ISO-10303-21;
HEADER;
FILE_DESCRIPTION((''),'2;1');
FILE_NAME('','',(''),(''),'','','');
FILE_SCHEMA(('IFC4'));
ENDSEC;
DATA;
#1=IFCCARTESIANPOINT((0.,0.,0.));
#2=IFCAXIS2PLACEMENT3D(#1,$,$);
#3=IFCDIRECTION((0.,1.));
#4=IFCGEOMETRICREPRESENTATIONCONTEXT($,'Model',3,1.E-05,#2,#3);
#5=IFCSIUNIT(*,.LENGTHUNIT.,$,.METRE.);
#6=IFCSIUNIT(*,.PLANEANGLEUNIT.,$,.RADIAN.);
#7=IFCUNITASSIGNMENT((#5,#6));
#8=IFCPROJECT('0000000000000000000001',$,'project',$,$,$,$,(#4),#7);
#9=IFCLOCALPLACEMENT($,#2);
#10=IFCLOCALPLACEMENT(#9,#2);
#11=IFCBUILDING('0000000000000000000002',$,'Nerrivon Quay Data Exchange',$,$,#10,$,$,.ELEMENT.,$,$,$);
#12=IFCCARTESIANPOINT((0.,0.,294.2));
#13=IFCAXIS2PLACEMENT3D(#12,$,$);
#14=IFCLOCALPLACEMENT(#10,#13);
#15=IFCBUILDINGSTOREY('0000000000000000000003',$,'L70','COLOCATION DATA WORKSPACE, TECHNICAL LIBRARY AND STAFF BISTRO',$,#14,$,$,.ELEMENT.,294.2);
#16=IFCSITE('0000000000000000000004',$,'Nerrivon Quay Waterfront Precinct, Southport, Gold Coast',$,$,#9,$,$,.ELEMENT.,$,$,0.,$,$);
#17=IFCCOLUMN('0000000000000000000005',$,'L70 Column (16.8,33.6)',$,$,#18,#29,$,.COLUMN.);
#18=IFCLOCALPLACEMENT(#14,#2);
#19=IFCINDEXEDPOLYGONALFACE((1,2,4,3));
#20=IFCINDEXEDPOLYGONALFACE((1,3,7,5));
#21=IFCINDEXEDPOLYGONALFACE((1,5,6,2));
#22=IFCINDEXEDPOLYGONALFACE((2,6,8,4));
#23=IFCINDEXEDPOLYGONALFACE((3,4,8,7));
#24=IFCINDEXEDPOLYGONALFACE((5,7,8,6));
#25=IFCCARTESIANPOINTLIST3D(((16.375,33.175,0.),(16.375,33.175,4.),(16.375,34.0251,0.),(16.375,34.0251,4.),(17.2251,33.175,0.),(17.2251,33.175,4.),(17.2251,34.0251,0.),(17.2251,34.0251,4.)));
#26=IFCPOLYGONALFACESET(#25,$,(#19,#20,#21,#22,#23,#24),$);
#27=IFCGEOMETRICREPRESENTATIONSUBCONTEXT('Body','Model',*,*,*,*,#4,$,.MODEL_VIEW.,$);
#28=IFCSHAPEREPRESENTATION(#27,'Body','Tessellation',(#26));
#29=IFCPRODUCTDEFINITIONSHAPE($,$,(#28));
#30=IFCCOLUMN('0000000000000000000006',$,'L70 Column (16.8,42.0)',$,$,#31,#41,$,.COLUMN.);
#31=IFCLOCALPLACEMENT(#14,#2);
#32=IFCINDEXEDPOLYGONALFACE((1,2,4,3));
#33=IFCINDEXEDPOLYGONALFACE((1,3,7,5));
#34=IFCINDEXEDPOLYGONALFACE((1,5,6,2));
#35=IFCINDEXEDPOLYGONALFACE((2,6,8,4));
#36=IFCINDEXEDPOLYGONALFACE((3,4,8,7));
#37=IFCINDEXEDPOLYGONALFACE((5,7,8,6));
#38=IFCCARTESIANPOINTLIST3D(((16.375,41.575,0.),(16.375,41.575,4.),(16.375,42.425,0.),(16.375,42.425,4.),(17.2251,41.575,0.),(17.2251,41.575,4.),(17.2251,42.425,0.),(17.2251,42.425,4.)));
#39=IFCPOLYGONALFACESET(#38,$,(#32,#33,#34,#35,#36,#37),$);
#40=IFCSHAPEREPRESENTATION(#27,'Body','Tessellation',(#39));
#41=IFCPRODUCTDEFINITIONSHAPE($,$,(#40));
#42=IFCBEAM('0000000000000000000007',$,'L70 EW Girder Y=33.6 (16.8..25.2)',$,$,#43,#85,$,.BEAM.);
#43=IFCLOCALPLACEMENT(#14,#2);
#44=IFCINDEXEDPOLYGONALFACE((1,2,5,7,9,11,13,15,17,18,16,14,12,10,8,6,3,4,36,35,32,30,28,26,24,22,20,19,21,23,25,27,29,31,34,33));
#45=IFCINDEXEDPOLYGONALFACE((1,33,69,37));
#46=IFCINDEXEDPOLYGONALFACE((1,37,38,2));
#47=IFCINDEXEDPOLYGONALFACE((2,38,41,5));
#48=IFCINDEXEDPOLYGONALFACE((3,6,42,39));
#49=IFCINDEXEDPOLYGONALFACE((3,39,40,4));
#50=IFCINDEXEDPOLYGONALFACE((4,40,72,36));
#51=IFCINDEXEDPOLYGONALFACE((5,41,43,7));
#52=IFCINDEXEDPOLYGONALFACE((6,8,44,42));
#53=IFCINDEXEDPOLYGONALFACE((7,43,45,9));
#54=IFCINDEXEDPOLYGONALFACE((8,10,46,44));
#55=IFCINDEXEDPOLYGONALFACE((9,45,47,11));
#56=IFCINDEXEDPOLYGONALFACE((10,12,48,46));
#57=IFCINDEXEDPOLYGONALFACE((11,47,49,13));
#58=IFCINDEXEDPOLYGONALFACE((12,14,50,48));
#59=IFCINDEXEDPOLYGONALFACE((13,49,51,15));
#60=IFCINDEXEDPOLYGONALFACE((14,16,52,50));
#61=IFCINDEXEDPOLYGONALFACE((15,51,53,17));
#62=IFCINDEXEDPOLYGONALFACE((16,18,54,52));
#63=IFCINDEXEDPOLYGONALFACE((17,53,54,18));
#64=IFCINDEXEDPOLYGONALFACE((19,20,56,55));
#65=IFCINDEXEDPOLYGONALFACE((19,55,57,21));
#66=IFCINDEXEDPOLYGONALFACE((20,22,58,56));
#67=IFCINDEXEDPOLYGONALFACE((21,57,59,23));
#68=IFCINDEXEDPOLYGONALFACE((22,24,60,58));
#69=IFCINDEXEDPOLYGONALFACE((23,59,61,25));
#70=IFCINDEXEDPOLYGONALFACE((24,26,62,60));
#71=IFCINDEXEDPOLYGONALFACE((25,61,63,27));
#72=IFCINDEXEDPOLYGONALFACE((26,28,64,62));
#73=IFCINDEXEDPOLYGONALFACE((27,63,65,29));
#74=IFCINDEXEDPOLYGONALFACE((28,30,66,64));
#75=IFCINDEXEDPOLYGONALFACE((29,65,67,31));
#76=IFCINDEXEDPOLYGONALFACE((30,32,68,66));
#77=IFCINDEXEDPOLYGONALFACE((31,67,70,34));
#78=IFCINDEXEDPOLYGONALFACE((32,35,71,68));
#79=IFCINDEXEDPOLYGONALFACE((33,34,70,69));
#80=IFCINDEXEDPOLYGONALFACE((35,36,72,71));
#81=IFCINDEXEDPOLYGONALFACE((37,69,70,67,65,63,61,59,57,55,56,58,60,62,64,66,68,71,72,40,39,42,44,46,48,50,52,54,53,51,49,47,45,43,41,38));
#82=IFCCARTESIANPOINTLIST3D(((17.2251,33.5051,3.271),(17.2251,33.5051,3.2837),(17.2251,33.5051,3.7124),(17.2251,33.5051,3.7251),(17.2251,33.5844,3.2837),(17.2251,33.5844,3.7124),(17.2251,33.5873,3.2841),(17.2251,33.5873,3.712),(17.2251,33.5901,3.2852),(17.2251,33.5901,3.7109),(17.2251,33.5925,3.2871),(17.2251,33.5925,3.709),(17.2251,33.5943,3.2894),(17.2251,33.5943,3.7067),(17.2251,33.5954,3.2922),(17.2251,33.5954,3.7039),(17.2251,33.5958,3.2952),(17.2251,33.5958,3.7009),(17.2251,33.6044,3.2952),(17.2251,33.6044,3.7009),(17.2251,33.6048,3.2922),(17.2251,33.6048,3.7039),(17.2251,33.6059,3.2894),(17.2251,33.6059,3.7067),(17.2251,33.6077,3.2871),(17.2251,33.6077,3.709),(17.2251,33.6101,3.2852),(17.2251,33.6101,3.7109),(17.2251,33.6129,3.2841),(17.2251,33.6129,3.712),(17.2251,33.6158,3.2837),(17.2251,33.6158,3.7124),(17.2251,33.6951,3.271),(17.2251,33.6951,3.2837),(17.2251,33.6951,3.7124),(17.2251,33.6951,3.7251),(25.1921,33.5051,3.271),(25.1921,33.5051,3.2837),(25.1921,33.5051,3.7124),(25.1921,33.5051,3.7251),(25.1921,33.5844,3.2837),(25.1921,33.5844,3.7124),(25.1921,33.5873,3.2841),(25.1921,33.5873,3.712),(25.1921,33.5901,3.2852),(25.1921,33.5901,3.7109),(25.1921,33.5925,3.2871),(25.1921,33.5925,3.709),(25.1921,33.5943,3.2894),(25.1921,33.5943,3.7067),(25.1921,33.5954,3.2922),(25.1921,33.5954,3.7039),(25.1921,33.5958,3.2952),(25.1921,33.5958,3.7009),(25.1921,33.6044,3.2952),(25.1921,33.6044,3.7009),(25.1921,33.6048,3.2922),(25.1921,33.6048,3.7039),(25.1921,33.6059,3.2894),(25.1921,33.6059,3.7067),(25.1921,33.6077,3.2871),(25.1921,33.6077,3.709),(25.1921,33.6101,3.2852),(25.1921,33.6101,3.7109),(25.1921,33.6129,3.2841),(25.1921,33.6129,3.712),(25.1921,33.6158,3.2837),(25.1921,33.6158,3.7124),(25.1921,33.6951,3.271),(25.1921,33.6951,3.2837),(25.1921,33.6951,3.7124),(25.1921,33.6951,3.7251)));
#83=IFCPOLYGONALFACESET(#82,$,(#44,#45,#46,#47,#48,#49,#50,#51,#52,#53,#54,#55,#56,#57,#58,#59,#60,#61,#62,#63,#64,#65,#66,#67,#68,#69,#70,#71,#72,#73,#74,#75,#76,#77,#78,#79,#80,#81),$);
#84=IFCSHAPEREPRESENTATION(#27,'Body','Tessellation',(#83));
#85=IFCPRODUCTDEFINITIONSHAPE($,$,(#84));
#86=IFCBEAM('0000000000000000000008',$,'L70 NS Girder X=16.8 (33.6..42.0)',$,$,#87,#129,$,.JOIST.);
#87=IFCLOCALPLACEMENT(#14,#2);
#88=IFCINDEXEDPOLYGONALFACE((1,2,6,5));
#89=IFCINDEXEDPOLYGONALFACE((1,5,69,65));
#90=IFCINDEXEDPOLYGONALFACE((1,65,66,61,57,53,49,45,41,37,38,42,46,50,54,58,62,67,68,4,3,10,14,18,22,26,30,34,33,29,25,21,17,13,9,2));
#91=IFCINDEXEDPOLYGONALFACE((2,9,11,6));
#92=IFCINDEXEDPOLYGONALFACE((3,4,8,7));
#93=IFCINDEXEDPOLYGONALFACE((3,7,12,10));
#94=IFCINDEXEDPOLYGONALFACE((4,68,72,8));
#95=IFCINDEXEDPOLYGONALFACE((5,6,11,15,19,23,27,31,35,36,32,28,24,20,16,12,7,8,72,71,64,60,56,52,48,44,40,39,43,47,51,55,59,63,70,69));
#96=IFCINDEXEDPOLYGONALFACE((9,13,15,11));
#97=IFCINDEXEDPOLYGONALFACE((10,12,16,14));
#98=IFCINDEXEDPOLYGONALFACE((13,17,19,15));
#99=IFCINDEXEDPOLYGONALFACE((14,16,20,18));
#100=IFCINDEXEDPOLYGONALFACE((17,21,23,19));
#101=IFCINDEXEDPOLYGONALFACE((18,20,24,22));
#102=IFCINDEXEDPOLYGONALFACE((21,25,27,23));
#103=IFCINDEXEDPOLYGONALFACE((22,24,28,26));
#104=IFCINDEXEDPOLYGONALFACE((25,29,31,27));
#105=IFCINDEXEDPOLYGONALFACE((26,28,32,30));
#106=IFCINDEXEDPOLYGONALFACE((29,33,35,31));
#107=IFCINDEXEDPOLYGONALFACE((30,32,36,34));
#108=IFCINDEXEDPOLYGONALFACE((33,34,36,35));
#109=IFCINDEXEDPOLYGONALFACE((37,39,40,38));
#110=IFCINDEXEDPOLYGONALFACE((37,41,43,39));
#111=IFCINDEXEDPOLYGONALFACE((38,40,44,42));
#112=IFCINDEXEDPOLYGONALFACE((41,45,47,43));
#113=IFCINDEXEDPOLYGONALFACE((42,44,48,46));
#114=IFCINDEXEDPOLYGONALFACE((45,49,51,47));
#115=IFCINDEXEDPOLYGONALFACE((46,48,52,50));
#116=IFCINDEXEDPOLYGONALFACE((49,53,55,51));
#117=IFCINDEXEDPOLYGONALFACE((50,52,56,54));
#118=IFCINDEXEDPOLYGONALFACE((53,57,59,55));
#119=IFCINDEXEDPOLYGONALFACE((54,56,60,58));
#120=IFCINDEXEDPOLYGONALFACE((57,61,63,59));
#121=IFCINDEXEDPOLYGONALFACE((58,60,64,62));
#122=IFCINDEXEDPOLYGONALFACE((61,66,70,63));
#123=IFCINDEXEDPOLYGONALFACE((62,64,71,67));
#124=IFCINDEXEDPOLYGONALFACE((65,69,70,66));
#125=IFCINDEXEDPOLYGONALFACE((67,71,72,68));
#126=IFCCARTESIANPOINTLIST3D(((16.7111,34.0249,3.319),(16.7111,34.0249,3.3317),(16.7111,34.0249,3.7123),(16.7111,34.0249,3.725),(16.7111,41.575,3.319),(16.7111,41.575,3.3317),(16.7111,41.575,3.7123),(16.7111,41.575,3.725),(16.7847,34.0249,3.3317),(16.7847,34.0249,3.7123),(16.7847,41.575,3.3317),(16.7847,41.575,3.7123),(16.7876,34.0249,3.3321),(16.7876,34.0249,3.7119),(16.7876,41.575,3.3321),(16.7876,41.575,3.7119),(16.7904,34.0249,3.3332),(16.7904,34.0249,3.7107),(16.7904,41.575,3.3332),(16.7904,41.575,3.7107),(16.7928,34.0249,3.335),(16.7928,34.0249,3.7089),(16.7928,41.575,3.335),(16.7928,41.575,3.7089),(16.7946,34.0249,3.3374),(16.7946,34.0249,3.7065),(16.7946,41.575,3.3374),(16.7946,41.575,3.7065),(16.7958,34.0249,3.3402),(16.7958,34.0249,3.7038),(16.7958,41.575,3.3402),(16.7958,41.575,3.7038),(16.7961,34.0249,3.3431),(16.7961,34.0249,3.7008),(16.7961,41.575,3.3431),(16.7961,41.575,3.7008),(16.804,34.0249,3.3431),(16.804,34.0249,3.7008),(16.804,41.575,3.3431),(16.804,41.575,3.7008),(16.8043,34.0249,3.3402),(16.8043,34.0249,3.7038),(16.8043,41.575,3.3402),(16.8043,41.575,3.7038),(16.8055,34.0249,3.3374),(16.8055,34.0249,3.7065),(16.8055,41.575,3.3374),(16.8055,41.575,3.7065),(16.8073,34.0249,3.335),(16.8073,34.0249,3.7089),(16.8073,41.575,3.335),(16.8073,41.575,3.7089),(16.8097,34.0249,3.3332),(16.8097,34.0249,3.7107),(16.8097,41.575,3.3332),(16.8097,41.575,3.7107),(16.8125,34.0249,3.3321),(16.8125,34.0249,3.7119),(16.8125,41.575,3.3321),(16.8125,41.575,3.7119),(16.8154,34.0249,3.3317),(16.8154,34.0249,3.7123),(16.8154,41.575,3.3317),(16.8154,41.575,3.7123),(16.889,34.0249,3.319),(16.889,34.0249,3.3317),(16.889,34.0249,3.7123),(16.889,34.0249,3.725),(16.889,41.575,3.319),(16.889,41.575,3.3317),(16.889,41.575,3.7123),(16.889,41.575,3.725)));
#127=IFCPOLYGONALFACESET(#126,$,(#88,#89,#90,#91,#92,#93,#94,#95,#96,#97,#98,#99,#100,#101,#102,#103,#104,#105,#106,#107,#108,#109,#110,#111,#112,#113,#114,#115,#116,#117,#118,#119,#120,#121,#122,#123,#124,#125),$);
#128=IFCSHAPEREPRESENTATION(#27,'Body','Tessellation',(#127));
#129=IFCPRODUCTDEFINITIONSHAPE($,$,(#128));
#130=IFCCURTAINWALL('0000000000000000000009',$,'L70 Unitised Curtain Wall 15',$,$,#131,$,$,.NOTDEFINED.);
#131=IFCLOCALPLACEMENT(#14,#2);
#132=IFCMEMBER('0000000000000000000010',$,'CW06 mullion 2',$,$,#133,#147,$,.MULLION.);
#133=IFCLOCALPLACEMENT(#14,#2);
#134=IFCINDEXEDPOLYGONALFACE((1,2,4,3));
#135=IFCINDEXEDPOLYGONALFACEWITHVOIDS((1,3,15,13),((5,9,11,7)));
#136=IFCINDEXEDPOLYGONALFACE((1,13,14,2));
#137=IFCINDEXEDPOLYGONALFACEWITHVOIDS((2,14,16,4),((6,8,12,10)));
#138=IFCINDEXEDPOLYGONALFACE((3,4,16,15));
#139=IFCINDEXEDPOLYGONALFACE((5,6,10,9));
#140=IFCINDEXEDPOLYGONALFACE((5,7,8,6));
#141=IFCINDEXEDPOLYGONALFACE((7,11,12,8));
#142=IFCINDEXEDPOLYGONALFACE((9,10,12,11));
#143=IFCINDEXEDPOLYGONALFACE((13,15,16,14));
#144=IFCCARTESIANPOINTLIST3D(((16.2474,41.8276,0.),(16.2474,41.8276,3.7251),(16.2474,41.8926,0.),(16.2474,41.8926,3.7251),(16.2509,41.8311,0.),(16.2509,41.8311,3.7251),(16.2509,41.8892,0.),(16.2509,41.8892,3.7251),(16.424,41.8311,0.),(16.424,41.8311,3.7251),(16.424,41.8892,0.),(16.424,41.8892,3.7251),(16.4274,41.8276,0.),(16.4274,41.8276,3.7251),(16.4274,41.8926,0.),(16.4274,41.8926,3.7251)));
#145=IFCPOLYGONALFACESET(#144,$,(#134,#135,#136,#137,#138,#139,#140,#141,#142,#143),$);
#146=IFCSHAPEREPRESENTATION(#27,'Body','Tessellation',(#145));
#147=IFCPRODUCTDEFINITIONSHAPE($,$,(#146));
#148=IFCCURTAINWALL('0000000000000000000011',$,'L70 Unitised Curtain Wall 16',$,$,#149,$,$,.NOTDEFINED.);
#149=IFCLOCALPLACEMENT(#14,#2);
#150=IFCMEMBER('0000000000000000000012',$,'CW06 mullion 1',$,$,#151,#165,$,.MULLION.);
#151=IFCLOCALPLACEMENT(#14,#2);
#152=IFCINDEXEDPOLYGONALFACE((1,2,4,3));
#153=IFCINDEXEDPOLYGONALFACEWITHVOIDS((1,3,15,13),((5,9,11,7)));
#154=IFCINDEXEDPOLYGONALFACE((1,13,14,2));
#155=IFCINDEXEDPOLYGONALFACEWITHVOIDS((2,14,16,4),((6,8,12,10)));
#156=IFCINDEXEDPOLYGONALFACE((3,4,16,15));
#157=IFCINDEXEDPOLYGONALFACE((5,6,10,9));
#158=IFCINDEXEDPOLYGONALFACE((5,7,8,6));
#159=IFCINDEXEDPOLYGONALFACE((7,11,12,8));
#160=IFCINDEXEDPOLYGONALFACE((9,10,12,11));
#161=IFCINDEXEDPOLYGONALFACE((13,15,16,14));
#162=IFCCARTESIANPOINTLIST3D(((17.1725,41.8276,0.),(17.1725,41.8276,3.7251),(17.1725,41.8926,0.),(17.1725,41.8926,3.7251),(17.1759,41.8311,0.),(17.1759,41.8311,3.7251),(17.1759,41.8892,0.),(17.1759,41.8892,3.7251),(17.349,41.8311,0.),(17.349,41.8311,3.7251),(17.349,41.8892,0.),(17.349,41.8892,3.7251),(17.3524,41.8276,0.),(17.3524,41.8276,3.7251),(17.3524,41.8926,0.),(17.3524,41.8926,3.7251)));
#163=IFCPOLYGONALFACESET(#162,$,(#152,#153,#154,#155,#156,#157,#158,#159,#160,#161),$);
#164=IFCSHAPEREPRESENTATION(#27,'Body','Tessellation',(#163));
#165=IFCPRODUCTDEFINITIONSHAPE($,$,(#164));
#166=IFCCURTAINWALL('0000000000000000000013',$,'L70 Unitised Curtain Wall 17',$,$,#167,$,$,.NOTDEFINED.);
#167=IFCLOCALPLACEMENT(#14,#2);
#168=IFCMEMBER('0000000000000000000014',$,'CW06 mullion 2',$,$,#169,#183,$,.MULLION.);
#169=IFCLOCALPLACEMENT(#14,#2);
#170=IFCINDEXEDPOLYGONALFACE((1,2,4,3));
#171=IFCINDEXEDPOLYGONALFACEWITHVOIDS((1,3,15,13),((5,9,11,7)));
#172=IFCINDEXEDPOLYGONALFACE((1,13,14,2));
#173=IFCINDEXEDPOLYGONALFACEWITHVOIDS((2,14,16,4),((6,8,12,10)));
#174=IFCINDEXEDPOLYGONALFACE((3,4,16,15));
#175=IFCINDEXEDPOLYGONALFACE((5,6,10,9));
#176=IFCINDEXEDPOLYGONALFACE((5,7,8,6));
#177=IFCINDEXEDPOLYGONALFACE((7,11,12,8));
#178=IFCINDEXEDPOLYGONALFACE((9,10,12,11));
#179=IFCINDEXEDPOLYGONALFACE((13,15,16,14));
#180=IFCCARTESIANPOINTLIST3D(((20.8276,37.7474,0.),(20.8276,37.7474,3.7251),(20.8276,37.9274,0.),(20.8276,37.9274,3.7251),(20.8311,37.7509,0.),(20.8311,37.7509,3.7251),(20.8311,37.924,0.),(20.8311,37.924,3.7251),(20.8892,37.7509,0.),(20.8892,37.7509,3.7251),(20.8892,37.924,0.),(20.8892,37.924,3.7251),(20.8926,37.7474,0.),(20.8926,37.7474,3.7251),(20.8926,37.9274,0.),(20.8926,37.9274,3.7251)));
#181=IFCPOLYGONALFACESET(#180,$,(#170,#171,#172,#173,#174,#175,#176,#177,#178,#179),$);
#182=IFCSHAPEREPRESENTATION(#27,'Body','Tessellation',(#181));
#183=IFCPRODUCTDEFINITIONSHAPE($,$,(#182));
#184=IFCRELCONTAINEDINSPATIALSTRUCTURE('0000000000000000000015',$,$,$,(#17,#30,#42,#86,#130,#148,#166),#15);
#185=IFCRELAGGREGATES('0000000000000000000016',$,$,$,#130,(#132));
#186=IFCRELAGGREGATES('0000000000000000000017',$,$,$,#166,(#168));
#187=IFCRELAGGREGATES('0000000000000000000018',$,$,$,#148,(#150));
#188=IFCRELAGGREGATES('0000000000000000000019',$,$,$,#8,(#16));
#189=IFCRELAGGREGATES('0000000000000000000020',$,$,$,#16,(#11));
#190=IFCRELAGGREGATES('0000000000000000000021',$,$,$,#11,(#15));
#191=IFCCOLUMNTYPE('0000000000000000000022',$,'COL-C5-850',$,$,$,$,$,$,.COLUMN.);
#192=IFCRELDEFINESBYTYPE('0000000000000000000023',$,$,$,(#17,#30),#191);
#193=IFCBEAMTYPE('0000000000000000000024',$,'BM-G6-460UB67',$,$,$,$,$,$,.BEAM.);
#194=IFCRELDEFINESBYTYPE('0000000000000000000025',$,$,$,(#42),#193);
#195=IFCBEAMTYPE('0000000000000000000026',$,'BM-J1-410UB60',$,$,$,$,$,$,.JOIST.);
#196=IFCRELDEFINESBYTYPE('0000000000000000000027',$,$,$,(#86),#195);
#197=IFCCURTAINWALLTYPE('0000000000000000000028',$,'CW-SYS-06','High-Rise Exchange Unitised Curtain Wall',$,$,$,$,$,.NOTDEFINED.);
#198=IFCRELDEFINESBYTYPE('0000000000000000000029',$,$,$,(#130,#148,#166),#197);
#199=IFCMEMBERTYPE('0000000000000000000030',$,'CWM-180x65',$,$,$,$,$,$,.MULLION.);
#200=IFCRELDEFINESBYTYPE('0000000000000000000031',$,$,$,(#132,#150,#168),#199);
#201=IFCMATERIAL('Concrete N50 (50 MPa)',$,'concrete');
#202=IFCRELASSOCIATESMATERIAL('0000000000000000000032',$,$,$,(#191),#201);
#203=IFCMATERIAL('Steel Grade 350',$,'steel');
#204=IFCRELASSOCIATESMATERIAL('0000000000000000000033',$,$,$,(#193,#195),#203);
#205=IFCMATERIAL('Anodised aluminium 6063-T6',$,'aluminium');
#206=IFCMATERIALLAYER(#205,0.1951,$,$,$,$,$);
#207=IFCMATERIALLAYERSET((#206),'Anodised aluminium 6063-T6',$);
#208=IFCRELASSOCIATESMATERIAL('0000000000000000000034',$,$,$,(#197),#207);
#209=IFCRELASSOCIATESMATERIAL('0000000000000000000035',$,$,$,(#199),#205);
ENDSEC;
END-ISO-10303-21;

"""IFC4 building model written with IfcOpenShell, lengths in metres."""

from ifc_helpers import new_model, si_unit, direction, frame, origin, origin_2d, place, context, subcontext, project, spatial, rectangle, hollow_rectangle, i_section, extrude, material, layer, layer_set, material_profile, profile_set, type_object, element, aggregate, save


model = new_model("IFC4")

# Units and contexts
model_context = context("Model", 3, precision=1e-05, world=origin(), true_north=direction((0.0, 1.0)))
body_context = subcontext(model_context, "Body", "Model", "MODEL_VIEW")
ifc_project = project(units=[si_unit("LENGTHUNIT", "METRE"), si_unit("PLANEANGLEUNIT", "RADIAN")], contexts=[model_context])

# Site, building, storey
site_placement = place(None, origin())
site = spatial("IfcSite", under=ifc_project, at=site_placement, Name="Nerrivon Quay Waterfront Precinct, Southport, Gold Coast", CompositionType="ELEMENT", RefElevation=0.0)
building_placement = place(site_placement, origin())
building = spatial("IfcBuilding", under=site, at=building_placement, Name="Nerrivon Quay Data Exchange", CompositionType="ELEMENT")
storey_placement = place(building_placement, frame((0.0, 0.0, 294.2)))
storey = spatial("IfcBuildingStorey", under=building, at=storey_placement, Name="L70", Description="COLOCATION DATA WORKSPACE, TECHNICAL LIBRARY AND STAFF BISTRO", CompositionType="ELEMENT", Elevation=294.2)

# Columns
ifc_material_1 = material(Name="Concrete N50 (50 MPa)", Category="concrete")
ifc_material_profile_1 = material_profile(ifc_material_1, rectangle(XDim=0.8501, YDim=0.8501, at=origin_2d()), Name="RC-COL-850x850")
ifc_profile_set_1 = profile_set([ifc_material_profile_1], Name="Concrete N50 (50 MPa)")
column_type = type_object("IfcColumnType", Name="COL-C5-850", PredefinedType="COLUMN", material=ifc_profile_set_1)
for number, where, z_axis, x_axis, name in (
    (1, (16.8, 33.6001, 0.0), (0.0, 0.0, 1.0), (1.0, 0.0, 0.0), "L70 Column (16.8,33.6)"),
    (2, (16.8, 42.0, 0.0), (0.0, 0.0, 1.0), (1.0, 0.0, 0.0), "L70 Column (16.8,42.0)"),
):
    element("IfcColumn", number, at=place(storey_placement, frame(where, z_axis=z_axis, x_axis=x_axis)), inside=storey, type_object=column_type, Name=name, PredefinedType="COLUMN", context=body_context, shape_type="SweptSolid", body=[
        extrude(rectangle(XDim=0.8501, YDim=0.8501, at=origin_2d()), origin(), (0.0, 0.0, 1.0), 4.0),
    ])

# Beams
ifc_material_2 = material(Name="Steel Grade 350", Category="steel")
ifc_material_profile_2 = material_profile(ifc_material_2, i_section(OverallWidth=0.1899, OverallDepth=0.4541, WebThickness=0.0085, FlangeThickness=0.0127, FilletRadius=0.0115, at=origin_2d()), Name="460UB67.1")
ifc_profile_set_2 = profile_set([ifc_material_profile_2], Name="Steel Grade 350")
beam_type_1 = type_object("IfcBeamType", Name="BM-G6-460UB67", PredefinedType="BEAM", material=ifc_profile_set_2)
beam_1_placement = place(storey_placement, frame((17.2251, 33.6001, 3.498), z_axis=(1.0, 0.0, 0.0), x_axis=(0.0, 1.0, 0.0)))
element("IfcBeam", 3, at=beam_1_placement, inside=storey, type_object=beam_type_1, Name="L70 EW Girder Y=33.6 (16.8..25.2)", PredefinedType="BEAM", context=body_context, shape_type="SweptSolid", body=[
    extrude(i_section(OverallWidth=0.1899, OverallDepth=0.4541, WebThickness=0.0085, FlangeThickness=0.0127, FilletRadius=0.0115, at=origin_2d()), origin(), (0.0, 0.0, 1.0), 7.967),
])
ifc_material_profile_3 = material_profile(ifc_material_2, i_section(OverallWidth=0.178, OverallDepth=0.406, WebThickness=0.0078, FlangeThickness=0.0127, FilletRadius=0.0115, at=origin_2d()), Name="410UB59.7")
ifc_profile_set_3 = profile_set([ifc_material_profile_3], Name="Steel Grade 350")
beam_type_2 = type_object("IfcBeamType", Name="BM-J1-410UB60", PredefinedType="JOIST", material=ifc_profile_set_3)
beam_2_placement = place(storey_placement, frame((16.8, 34.0249, 3.522), z_axis=(0.0, 1.0, 0.0), x_axis=(-1.0, 0.0, 0.0)))
element("IfcBeam", 4, at=beam_2_placement, inside=storey, type_object=beam_type_2, Name="L70 NS Girder X=16.8 (33.6..42.0)", PredefinedType="JOIST", context=body_context, shape_type="SweptSolid", body=[
    extrude(i_section(OverallWidth=0.178, OverallDepth=0.406, WebThickness=0.0078, FlangeThickness=0.0127, FilletRadius=0.0115, at=origin_2d()), origin(), (0.0, 0.0, 1.0), 7.55),
])

# Curtain walls, members
ifc_material_3 = material(Name="Anodised aluminium 6063-T6", Category="aluminium")
ifc_layer_1 = layer(ifc_material_3, 0.1951)
ifc_layer_set_1 = layer_set([ifc_layer_1], Name="Anodised aluminium 6063-T6")
curtain_wall_type = type_object("IfcCurtainWallType", Name="CW-SYS-06", Description="High-Rise Exchange Unitised Curtain Wall", PredefinedType="NOTDEFINED", material=ifc_layer_set_1)
curtain_wall_1_placement = place(storey_placement, origin())
curtain_wall_1 = element("IfcCurtainWall", 5, at=curtain_wall_1_placement, inside=storey, type_object=curtain_wall_type, Name="L70 Unitised Curtain Wall 15", PredefinedType="NOTDEFINED")
ifc_material_profile_4 = material_profile(ifc_material_3, hollow_rectangle(XDim=0.0649, YDim=0.1799, WallThickness=0.0034, at=origin_2d()), Name="ALU-MULL-180x65")
ifc_profile_set_4 = profile_set([ifc_material_profile_4], Name="Anodised aluminium 6063-T6")
member_type_1 = type_object("IfcMemberType", Name="CWM-180x65", PredefinedType="MULLION", material=ifc_profile_set_4)
member_1_placement = place(storey_placement, frame((16.3374, 41.8601, 0.0), z_axis=(0.0, 0.0, 1.0), x_axis=(0.0, 1.0, 0.0)))
member_1 = element("IfcMember", 6, at=member_1_placement, type_object=member_type_1, Name="CW06 mullion 2", PredefinedType="MULLION", context=body_context, shape_type="SweptSolid", body=[
    extrude(hollow_rectangle(XDim=0.0649, YDim=0.1799, WallThickness=0.0034, at=origin_2d()), origin(), (0.0, 0.0, 1.0), 3.7251),
])
aggregate(curtain_wall_1, [member_1])
curtain_wall_2_placement = place(storey_placement, origin())
curtain_wall_2 = element("IfcCurtainWall", 7, at=curtain_wall_2_placement, inside=storey, type_object=curtain_wall_type, Name="L70 Unitised Curtain Wall 16", PredefinedType="NOTDEFINED")
member_2_placement = place(storey_placement, frame((17.2625, 41.8601, 0.0), z_axis=(0.0, 0.0, 1.0), x_axis=(0.0, 1.0, 0.0)))
member_2 = element("IfcMember", 8, at=member_2_placement, type_object=member_type_1, Name="CW06 mullion 1", PredefinedType="MULLION", context=body_context, shape_type="SweptSolid", body=[
    extrude(hollow_rectangle(XDim=0.0649, YDim=0.1799, WallThickness=0.0034, at=origin_2d()), origin(), (0.0, 0.0, 1.0), 3.7251),
])
curtain_wall_3_placement = place(storey_placement, origin())
curtain_wall_3 = element("IfcCurtainWall", 9, at=curtain_wall_3_placement, inside=storey, type_object=curtain_wall_type, Name="L70 Unitised Curtain Wall 17", PredefinedType="NOTDEFINED")
member_3_placement = place(storey_placement, frame((20.8601, 37.8374, 0.0), z_axis=(0.0, 0.0, 1.0), x_axis=(1.0, 0.0, 0.0)))
member_3 = element("IfcMember", 10, at=member_3_placement, type_object=member_type_1, Name="CW06 mullion 2", PredefinedType="MULLION", context=body_context, shape_type="SweptSolid", body=[
    extrude(hollow_rectangle(XDim=0.0649, YDim=0.1799, WallThickness=0.0034, at=origin_2d()), origin(), (0.0, 0.0, 1.0), 3.7251),
])
aggregate(curtain_wall_3, [member_3])

aggregate(curtain_wall_2, [member_2])

save(model, "model.ifc")
